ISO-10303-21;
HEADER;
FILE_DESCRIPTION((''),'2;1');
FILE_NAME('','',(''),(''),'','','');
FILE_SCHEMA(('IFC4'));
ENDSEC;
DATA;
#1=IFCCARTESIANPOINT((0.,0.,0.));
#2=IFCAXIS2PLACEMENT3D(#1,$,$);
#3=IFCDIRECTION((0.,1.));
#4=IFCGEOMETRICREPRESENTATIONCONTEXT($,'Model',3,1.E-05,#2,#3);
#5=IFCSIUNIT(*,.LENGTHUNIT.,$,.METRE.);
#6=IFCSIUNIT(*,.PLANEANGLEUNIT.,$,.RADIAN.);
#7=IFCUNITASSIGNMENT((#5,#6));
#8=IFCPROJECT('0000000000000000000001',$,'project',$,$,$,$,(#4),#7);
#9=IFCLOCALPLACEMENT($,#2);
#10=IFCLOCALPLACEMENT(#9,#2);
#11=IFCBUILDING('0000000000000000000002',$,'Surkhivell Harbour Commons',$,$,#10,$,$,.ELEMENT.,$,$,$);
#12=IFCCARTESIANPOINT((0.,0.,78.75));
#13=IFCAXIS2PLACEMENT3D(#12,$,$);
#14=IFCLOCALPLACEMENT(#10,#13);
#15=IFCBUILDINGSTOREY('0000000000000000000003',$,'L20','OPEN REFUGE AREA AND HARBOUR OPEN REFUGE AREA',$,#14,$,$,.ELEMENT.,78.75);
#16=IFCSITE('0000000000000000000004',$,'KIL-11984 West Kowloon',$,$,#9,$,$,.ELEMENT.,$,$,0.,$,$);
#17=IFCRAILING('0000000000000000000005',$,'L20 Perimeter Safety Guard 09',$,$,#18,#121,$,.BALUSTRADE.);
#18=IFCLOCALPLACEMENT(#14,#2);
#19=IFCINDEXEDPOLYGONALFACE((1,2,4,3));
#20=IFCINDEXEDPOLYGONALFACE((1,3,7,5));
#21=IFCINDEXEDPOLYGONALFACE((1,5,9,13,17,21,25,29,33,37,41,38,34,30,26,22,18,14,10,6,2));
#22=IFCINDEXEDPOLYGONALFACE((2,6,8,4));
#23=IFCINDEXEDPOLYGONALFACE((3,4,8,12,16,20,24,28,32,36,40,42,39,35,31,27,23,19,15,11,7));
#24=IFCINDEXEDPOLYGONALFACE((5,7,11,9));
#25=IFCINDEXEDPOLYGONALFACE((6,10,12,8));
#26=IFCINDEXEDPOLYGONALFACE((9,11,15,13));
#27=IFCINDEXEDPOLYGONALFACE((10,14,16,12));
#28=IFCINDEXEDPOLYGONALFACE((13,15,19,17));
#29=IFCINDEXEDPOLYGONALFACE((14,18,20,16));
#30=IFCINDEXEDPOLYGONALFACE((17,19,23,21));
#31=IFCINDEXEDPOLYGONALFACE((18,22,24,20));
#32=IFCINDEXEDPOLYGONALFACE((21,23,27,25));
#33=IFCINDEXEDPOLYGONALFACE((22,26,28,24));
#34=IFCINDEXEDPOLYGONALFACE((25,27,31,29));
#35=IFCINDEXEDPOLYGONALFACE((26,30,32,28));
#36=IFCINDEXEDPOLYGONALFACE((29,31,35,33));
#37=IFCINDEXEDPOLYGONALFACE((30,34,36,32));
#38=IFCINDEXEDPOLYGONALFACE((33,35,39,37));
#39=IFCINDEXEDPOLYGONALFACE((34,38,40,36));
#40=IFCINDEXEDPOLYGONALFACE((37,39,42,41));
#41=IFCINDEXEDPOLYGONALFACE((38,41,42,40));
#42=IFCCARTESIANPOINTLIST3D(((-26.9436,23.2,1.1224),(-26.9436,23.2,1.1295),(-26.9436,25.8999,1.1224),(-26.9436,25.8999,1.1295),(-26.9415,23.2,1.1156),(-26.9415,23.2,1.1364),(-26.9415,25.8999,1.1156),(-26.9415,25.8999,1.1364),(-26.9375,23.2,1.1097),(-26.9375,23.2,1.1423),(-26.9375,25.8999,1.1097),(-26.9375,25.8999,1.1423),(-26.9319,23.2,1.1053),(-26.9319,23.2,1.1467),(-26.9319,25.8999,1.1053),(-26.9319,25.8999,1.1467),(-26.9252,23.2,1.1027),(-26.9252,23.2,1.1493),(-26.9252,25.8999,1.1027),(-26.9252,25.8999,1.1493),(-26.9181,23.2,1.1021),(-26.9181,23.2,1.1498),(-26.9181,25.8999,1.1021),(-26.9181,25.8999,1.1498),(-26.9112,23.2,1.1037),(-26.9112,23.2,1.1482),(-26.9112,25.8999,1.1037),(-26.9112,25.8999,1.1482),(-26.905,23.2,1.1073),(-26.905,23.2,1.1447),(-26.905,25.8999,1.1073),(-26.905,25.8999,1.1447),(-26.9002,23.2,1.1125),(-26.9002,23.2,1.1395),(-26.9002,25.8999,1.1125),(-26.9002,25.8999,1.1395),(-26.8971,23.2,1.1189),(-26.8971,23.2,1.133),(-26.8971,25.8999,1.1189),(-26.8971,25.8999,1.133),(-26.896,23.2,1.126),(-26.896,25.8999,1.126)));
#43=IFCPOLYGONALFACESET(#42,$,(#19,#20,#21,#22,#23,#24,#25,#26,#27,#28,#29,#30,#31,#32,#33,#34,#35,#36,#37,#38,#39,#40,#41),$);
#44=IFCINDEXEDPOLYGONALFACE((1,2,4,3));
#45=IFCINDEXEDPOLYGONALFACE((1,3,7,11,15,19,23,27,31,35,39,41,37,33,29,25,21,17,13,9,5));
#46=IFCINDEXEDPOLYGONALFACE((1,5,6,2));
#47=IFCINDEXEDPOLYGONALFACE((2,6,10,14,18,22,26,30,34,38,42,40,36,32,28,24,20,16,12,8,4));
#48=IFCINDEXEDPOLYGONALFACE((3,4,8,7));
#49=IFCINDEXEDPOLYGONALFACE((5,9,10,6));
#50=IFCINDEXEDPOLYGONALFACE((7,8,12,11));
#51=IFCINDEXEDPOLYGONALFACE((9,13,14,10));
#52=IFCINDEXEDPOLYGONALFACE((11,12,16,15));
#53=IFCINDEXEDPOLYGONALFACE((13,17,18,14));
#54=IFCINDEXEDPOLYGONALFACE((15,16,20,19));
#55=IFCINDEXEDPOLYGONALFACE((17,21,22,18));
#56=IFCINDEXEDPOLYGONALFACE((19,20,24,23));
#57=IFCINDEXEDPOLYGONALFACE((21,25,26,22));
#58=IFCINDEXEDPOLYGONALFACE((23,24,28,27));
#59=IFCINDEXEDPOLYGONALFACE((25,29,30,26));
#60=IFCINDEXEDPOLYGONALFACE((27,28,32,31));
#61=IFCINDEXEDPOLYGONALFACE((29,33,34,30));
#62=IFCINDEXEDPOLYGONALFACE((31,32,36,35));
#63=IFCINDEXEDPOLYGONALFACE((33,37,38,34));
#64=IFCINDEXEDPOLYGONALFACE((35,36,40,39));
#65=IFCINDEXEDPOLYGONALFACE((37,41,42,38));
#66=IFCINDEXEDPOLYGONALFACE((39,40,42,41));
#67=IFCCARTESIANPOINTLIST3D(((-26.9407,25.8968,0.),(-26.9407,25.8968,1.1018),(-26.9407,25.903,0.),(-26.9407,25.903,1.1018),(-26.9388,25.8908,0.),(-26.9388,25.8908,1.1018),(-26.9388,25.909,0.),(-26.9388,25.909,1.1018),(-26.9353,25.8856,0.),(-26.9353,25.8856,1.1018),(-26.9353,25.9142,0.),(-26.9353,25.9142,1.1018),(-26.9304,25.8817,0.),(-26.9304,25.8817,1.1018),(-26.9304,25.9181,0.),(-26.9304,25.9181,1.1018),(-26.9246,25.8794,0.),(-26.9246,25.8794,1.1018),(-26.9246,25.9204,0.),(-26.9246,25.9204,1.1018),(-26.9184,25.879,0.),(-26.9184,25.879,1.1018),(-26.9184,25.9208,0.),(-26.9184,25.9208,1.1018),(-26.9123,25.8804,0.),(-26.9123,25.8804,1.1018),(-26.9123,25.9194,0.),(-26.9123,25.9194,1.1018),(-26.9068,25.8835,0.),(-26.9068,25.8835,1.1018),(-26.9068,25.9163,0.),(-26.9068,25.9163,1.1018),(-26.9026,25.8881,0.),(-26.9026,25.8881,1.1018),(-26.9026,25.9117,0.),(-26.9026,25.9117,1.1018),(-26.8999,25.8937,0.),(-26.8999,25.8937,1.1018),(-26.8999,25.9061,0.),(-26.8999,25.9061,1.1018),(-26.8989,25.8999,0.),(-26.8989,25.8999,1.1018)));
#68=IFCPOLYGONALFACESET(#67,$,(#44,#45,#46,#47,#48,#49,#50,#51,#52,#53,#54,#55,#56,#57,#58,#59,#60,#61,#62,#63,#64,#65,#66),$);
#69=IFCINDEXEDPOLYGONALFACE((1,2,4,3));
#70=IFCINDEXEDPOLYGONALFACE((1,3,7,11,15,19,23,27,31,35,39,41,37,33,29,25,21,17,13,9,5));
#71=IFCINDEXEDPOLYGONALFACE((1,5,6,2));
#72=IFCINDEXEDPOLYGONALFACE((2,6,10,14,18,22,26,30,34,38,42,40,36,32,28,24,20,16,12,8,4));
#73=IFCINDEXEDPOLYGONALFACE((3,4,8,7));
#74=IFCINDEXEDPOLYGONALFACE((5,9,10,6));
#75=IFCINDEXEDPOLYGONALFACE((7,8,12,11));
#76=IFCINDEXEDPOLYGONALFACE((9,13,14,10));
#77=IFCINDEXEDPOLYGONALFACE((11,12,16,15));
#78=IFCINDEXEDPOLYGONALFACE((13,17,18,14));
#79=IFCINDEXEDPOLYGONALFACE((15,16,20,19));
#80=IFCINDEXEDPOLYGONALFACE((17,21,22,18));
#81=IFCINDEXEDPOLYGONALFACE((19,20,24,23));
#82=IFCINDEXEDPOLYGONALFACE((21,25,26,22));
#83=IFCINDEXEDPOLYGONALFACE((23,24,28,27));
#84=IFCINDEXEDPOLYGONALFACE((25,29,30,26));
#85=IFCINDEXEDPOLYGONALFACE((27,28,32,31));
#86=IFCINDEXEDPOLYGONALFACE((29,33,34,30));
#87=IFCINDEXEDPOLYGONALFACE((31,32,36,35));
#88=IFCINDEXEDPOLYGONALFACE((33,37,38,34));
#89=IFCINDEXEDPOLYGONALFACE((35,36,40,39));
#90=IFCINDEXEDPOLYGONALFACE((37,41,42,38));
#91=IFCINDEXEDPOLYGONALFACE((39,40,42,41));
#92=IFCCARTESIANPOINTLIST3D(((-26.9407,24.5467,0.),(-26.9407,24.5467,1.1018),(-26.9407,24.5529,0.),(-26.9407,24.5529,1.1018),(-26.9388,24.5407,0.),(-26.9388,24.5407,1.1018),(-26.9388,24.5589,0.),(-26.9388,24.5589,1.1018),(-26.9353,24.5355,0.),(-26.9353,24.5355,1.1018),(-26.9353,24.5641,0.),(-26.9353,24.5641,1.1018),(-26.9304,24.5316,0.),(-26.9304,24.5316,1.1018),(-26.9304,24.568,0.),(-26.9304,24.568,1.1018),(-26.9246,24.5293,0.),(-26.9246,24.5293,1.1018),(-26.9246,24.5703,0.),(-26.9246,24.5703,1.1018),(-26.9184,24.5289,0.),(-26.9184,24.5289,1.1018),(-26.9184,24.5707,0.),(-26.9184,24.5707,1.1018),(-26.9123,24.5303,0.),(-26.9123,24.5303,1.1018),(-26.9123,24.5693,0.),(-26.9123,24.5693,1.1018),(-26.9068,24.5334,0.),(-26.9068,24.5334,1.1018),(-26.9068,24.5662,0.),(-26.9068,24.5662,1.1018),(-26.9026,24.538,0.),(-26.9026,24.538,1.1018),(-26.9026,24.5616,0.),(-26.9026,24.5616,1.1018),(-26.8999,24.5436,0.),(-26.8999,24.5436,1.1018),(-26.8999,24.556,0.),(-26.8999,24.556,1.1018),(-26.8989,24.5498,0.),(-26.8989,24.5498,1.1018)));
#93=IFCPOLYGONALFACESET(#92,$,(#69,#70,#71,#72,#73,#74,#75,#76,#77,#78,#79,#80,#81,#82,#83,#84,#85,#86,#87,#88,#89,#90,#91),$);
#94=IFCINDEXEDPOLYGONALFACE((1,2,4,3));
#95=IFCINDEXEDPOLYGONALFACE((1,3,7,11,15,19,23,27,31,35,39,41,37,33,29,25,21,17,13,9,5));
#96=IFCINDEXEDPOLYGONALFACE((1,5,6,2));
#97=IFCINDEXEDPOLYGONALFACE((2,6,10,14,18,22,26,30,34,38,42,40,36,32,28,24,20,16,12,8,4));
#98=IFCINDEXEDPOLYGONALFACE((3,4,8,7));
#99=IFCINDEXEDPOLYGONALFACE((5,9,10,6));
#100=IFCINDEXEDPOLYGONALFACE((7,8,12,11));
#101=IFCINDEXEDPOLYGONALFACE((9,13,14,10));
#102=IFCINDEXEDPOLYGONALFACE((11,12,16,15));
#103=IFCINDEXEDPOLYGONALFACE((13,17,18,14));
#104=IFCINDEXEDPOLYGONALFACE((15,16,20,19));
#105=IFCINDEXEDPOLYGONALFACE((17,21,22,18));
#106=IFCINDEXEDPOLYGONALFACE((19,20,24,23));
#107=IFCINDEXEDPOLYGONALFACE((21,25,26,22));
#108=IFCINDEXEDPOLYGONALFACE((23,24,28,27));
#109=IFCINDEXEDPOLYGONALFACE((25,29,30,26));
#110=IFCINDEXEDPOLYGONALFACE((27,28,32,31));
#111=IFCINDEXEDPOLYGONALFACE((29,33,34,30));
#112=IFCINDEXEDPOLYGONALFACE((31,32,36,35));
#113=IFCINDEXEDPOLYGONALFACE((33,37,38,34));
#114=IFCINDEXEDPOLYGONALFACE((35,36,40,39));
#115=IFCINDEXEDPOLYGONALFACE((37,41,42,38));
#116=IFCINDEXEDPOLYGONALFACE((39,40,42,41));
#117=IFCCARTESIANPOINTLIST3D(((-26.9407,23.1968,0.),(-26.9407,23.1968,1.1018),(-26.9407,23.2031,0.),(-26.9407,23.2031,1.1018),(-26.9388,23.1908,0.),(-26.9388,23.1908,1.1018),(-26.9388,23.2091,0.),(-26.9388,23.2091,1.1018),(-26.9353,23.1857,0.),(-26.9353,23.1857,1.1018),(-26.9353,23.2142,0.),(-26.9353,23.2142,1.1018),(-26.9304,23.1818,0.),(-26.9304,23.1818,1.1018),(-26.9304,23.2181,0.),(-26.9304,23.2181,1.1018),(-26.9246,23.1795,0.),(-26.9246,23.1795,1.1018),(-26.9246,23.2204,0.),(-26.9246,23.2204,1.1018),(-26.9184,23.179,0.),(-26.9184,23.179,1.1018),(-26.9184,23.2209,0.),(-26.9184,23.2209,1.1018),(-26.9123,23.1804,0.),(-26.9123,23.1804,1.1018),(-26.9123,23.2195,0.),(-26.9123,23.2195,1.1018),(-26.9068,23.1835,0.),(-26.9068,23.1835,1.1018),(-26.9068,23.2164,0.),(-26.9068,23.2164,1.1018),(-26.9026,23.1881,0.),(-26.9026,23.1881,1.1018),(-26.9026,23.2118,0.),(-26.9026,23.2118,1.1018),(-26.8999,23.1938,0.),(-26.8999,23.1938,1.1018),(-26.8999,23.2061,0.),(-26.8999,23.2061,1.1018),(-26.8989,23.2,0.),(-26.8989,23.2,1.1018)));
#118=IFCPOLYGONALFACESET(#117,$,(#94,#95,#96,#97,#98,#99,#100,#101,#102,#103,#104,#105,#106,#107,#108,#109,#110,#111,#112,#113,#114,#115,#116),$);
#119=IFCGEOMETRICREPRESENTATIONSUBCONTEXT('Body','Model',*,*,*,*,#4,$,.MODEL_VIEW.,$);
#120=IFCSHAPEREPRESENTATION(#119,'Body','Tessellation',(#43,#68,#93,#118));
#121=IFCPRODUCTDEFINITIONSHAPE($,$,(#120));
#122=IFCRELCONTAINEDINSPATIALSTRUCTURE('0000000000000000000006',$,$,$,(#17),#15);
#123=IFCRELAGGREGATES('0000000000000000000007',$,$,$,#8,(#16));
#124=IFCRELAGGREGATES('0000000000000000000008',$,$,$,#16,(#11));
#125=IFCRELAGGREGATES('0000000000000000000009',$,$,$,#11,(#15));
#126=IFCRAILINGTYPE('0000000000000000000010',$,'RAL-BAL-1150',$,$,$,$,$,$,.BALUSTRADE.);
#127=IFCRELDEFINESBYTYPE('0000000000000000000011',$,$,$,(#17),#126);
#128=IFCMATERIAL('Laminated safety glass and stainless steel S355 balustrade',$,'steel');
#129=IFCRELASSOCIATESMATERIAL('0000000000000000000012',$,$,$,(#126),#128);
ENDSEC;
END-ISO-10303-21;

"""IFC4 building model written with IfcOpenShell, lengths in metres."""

from ifc_helpers import new_model, si_unit, direction, frame, origin, origin_2d, place, context, subcontext, project, spatial, circle, extrude, material, type_object, element, save


model = new_model("IFC4")

# Units and contexts
model_context = context("Model", 3, precision=1e-05, world=origin(), true_north=direction((0.0, 1.0)))
body_context = subcontext(model_context, "Body", "Model", "MODEL_VIEW")
ifc_project = project(units=[si_unit("LENGTHUNIT", "METRE"), si_unit("PLANEANGLEUNIT", "RADIAN")], contexts=[model_context])

# Site, building, storey
site_placement = place(None, origin())
site = spatial("IfcSite", under=ifc_project, at=site_placement, Name="KIL-11984 West Kowloon", CompositionType="ELEMENT", RefElevation=0.0)
building_placement = place(site_placement, origin())
building = spatial("IfcBuilding", under=site, at=building_placement, Name="Surkhivell Harbour Commons", CompositionType="ELEMENT")
storey_placement = place(building_placement, frame((0.0, 0.0, 78.75)))
storey = spatial("IfcBuildingStorey", under=building, at=storey_placement, Name="L20", Description="OPEN REFUGE AREA AND HARBOUR OPEN REFUGE AREA", CompositionType="ELEMENT", Elevation=78.75)

# Railing
ifc_material_1 = material(Name="Laminated safety glass and stainless steel S355 balustrade", Category="steel")
railing_type = type_object("IfcRailingType", Name="RAL-BAL-1150", PredefinedType="BALUSTRADE", material=ifc_material_1)
railing_1_placement = place(storey_placement, frame((-26.9199, 25.8999, 0.0)))
element("IfcRailing", 1, at=railing_1_placement, inside=storey, type_object=railing_type, Name="L20 Perimeter Safety Guard 09", PredefinedType="BALUSTRADE", context=body_context, shape_type="SweptSolid", body=[
    extrude(circle(Radius=0.0239, at=origin_2d()), frame((0.0, 0.0, 1.126), z_axis=(0.0, -1.0, 0.0), x_axis=(1.0, 0.0, 0.0)), (0.0, 0.0, 1.0), 2.7),
    extrude(circle(Radius=0.021, at=origin_2d()), origin(), (0.0, 0.0, 1.0), 1.1018),
    extrude(circle(Radius=0.021, at=origin_2d()), frame((0.0, -1.3501, 0.0)), (0.0, 0.0, 1.0), 1.1018),
    extrude(circle(Radius=0.021, at=origin_2d()), frame((0.0, -2.7, 0.0)), (0.0, 0.0, 1.0), 1.1018),
])

save(model, "model.ifc")
